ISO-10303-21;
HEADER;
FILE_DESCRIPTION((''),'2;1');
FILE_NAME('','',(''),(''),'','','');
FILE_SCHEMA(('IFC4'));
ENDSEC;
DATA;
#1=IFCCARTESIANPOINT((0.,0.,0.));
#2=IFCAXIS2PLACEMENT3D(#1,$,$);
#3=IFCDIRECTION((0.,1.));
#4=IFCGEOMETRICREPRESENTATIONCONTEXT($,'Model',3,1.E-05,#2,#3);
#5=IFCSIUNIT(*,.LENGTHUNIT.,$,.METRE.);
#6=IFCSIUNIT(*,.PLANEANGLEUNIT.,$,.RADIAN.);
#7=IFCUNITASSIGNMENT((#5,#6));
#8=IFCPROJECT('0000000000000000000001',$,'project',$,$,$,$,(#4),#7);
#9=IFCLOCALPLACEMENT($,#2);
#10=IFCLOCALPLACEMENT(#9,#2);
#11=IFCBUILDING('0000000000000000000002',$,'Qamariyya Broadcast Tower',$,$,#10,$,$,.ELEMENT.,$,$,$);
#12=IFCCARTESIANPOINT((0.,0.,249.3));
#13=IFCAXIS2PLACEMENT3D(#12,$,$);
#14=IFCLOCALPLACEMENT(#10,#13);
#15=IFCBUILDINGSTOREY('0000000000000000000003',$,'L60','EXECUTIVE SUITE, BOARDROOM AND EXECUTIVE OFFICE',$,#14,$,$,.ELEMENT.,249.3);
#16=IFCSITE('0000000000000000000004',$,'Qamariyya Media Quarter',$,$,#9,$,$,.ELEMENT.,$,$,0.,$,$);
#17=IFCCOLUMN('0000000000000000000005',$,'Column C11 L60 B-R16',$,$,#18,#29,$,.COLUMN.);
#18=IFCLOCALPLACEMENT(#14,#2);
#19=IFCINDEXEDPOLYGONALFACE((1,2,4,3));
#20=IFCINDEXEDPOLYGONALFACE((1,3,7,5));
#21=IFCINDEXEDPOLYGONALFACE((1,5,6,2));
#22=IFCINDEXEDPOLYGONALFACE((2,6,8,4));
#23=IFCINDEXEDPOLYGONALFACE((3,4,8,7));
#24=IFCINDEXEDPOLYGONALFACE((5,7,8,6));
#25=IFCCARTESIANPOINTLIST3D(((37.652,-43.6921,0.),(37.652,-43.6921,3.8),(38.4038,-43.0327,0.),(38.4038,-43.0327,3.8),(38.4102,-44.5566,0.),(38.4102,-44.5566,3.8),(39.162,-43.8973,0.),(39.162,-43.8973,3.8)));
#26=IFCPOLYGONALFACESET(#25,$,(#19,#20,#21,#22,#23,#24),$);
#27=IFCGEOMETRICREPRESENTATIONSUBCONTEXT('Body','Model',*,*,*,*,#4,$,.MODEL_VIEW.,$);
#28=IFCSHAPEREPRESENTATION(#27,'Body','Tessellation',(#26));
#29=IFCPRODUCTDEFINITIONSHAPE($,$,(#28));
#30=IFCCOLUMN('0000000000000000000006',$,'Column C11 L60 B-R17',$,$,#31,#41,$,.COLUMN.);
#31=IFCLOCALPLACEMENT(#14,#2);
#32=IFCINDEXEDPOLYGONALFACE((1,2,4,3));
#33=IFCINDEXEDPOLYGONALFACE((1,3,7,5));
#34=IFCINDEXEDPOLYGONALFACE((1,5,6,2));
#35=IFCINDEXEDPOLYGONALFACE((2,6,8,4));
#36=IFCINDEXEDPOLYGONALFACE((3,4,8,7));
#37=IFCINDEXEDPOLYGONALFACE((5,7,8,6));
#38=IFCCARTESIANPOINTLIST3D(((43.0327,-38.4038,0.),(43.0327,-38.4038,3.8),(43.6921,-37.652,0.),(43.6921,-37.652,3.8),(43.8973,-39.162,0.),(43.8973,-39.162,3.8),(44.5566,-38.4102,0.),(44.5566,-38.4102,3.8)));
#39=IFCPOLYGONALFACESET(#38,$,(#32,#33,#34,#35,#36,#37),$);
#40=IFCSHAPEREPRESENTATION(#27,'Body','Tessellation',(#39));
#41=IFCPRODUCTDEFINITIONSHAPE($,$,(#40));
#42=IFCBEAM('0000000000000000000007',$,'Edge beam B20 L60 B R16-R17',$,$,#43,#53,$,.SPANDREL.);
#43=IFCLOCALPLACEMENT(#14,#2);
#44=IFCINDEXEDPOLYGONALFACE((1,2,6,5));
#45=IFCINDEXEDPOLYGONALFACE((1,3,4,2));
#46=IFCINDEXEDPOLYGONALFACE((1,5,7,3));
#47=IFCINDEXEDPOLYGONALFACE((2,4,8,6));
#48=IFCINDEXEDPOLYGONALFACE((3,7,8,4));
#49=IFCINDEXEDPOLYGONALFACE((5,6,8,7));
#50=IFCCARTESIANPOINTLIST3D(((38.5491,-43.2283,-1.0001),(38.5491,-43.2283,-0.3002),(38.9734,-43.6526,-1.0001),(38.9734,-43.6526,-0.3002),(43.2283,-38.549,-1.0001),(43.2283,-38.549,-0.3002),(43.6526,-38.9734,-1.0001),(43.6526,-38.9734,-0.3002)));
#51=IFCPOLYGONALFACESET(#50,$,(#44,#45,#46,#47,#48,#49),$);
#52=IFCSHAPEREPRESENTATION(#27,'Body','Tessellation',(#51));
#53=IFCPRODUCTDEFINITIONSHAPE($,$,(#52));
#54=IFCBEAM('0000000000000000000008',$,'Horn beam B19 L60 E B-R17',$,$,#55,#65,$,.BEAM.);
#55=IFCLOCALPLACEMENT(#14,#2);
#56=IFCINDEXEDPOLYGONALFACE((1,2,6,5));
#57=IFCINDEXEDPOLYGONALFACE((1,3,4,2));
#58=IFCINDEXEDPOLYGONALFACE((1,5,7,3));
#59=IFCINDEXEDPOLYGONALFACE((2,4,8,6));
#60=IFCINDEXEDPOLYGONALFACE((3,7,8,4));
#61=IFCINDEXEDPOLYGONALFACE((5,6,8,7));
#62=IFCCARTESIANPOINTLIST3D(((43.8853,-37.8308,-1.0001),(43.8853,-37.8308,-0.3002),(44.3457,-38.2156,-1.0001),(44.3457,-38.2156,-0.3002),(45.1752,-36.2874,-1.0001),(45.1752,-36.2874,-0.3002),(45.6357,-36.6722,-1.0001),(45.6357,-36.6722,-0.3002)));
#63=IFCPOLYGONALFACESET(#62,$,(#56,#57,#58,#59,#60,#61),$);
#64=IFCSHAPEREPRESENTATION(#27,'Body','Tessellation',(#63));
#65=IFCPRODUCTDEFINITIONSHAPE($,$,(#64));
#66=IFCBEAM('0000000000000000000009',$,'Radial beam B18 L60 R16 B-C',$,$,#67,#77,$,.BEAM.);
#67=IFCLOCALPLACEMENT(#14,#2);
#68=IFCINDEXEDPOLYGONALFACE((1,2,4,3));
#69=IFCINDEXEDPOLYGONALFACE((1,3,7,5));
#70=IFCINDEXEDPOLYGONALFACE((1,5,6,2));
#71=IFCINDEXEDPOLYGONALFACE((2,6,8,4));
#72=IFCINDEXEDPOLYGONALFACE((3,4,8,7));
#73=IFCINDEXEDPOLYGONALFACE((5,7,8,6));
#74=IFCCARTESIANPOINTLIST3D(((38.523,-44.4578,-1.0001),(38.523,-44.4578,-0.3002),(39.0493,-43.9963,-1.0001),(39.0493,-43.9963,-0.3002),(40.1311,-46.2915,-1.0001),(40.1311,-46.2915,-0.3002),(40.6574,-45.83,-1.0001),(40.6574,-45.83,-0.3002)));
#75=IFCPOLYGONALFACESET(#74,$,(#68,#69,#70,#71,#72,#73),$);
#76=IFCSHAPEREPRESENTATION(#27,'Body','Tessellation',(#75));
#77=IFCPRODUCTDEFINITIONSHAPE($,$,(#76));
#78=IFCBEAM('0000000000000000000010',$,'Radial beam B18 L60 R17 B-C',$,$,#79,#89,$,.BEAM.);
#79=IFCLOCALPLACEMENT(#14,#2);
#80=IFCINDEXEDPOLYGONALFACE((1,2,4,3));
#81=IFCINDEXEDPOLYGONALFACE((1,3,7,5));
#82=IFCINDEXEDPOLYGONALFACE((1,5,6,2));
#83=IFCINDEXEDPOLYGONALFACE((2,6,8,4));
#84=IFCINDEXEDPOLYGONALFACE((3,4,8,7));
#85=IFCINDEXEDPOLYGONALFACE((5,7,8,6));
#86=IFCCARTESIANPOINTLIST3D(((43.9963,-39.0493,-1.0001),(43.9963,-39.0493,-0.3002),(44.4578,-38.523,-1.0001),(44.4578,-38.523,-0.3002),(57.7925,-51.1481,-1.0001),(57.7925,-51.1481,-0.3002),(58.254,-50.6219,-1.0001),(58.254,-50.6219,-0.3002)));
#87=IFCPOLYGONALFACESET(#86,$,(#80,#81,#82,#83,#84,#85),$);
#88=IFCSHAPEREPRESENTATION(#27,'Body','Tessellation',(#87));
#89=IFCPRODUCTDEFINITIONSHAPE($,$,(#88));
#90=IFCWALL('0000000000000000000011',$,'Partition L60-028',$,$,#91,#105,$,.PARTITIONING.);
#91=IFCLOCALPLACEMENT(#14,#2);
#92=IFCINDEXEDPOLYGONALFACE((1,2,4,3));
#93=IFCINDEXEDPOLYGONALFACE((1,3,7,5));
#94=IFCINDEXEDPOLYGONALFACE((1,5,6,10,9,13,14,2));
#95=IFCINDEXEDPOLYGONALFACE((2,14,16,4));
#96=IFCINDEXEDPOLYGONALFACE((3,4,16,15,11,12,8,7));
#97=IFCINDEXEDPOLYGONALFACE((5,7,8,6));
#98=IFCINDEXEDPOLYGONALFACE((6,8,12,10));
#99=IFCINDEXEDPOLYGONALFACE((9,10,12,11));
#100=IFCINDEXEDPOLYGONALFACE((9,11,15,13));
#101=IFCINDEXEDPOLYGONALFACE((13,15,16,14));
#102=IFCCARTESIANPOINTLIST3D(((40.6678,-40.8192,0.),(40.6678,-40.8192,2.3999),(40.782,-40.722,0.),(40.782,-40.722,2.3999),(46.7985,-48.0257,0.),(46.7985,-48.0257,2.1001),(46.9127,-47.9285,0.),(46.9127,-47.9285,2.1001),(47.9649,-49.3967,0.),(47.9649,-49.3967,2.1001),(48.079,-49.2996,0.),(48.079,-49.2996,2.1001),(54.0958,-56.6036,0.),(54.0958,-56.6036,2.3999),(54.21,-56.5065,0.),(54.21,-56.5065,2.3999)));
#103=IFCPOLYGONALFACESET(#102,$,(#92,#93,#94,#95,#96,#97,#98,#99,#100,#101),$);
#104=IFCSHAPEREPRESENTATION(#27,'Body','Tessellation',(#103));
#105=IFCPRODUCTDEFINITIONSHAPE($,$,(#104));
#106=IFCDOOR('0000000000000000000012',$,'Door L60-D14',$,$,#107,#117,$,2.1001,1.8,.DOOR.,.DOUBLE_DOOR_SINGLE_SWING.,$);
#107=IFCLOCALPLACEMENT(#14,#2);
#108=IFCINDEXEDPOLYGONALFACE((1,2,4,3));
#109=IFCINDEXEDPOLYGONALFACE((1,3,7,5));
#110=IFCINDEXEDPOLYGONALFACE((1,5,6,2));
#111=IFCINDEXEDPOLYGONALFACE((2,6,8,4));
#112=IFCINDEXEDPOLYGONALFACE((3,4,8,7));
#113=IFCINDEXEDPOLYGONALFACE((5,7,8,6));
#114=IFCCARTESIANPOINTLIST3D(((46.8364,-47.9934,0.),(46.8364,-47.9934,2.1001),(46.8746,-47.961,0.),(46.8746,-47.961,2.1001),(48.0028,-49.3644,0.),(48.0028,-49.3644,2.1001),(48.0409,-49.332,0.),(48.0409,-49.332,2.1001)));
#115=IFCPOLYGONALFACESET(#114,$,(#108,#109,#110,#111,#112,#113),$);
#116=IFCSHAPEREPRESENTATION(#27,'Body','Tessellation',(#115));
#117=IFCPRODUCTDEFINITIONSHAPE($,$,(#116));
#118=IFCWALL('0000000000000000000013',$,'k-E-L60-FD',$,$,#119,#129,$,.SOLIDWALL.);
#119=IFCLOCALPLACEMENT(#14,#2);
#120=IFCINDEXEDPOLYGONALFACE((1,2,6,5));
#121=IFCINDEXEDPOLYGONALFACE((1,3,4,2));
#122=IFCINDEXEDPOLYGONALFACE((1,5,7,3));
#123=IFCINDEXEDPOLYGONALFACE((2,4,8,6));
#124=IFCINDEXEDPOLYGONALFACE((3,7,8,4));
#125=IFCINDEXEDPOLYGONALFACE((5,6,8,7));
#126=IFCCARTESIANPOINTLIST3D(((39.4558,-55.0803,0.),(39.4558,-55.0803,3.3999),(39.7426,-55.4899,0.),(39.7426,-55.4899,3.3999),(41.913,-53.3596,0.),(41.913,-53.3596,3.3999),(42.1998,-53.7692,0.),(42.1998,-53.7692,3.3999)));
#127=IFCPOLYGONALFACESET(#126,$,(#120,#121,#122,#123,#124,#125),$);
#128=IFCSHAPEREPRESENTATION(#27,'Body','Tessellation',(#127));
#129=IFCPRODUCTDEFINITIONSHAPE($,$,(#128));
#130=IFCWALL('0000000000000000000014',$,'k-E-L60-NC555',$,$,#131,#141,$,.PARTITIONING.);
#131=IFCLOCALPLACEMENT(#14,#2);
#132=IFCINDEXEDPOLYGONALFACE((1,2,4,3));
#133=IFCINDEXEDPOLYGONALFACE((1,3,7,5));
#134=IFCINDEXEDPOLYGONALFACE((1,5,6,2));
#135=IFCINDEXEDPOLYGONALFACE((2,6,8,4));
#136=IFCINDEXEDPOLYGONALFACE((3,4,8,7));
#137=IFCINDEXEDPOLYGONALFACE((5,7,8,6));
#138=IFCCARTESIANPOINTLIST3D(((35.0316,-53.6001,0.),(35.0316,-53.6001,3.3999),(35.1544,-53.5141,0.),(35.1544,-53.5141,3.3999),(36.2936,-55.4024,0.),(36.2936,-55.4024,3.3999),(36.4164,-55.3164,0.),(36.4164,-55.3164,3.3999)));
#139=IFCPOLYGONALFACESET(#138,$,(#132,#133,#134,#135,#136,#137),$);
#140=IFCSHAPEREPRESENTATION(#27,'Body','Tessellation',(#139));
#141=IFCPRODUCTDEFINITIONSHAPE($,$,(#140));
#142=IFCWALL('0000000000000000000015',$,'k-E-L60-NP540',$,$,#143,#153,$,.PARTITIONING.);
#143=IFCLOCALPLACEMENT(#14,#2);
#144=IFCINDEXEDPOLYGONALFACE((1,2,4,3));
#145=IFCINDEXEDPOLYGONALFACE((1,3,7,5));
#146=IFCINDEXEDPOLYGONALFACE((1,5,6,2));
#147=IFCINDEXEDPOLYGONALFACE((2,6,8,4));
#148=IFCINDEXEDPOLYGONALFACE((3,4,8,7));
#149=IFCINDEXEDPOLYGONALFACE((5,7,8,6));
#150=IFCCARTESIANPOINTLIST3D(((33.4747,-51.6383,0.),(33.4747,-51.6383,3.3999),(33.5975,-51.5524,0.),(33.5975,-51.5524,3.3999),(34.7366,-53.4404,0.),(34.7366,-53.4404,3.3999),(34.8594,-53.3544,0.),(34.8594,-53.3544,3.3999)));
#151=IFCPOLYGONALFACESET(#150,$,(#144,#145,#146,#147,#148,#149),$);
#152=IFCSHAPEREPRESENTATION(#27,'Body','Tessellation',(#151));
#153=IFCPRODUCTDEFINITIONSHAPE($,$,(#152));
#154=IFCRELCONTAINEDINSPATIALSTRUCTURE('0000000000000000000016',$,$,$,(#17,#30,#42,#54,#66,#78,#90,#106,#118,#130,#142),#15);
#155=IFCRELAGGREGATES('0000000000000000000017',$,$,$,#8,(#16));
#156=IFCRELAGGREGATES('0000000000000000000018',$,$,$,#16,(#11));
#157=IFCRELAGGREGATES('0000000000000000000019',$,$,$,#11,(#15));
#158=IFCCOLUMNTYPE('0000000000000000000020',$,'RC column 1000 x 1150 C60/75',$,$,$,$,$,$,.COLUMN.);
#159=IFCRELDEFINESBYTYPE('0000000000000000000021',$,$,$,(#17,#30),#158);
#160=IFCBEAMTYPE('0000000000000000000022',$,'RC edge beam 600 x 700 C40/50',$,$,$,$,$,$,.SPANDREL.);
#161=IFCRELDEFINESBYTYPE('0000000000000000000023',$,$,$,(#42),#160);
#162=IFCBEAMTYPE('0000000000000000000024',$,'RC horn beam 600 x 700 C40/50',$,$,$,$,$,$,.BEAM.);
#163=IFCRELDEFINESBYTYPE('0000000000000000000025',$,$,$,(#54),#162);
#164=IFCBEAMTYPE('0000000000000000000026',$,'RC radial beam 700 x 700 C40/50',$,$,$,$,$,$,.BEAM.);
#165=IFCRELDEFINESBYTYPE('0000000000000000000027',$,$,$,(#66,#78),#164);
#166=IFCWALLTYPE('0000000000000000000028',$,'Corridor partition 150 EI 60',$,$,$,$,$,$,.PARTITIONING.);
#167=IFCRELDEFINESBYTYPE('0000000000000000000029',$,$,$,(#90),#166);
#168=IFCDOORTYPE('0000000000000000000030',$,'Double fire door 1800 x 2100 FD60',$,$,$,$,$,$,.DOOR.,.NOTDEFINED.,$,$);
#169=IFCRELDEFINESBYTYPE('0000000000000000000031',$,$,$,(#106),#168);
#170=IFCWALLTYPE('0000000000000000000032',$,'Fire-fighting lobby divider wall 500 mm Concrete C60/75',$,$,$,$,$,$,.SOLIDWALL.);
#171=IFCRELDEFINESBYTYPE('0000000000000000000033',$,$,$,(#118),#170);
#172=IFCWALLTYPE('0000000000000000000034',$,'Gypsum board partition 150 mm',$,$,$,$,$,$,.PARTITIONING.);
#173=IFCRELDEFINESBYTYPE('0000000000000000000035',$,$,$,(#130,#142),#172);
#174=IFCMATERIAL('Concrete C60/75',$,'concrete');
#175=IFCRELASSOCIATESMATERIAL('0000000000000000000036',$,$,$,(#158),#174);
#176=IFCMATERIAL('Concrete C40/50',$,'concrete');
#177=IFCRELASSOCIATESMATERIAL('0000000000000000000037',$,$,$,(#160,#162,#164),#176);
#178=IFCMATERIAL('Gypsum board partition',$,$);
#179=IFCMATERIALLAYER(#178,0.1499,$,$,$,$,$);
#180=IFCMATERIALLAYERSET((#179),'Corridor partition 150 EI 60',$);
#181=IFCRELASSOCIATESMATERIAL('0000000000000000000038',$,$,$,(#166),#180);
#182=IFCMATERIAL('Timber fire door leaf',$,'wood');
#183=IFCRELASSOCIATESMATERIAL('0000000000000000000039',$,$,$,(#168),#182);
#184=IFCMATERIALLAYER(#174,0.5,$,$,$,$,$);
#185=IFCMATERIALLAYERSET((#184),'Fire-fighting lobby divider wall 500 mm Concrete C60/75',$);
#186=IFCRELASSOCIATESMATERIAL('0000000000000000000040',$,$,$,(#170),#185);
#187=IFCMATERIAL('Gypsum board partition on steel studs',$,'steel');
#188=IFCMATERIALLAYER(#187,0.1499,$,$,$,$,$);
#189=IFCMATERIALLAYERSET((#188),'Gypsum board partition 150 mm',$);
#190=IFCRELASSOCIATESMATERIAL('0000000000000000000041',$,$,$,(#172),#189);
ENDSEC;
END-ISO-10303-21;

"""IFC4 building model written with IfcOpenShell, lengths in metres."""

from ifc_helpers import new_model, si_unit, direction, frame, frame_2d, origin, origin_2d, place, context, subcontext, project, spatial, rectangle, extrude, material, layer, layer_set, material_profile, profile_set, type_object, element, fill, save


model = new_model("IFC4")

# Units and contexts
model_context = context("Model", 3, precision=1e-05, world=origin(), true_north=direction((0.0, 1.0)))
body_context = subcontext(model_context, "Body", "Model", "MODEL_VIEW")
ifc_project = project(units=[si_unit("LENGTHUNIT", "METRE"), si_unit("PLANEANGLEUNIT", "RADIAN")], contexts=[model_context])

# Site, building, storey
site_placement = place(None, origin())
site = spatial("IfcSite", under=ifc_project, at=site_placement, Name="Qamariyya Media Quarter", CompositionType="ELEMENT", RefElevation=0.0)
building_placement = place(site_placement, origin())
building = spatial("IfcBuilding", under=site, at=building_placement, Name="Qamariyya Broadcast Tower", CompositionType="ELEMENT")
storey_placement = place(building_placement, frame((0.0, 0.0, 249.3)))
storey = spatial("IfcBuildingStorey", under=building, at=storey_placement, Name="L60", Description="EXECUTIVE SUITE, BOARDROOM AND EXECUTIVE OFFICE", CompositionType="ELEMENT", Elevation=249.3)

# Columns
ifc_material_1 = material(Name="Concrete C60/75", Category="concrete")
ifc_material_profile_1 = material_profile(ifc_material_1, rectangle(XDim=1.0, YDim=1.1499, at=origin_2d()))
ifc_profile_set_1 = profile_set([ifc_material_profile_1], Name="Concrete C60/75")
column_type = type_object("IfcColumnType", Name="RC column 1000 x 1150 C60/75", PredefinedType="COLUMN", material=ifc_profile_set_1)
for number, where, z_axis, x_axis, name in (
    (1, (38.407, -43.7947, 0.0), (0.0, 0.0, 1.0), (0.75184, 0.659346, 0.0), "Column C11 L60 B-R16"),
    (2, (43.7947, -38.407, 0.0), (0.0, 0.0, 1.0), (0.659346, 0.75184, 0.0), "Column C11 L60 B-R17"),
):
    element("IfcColumn", number, at=place(storey_placement, frame(where, z_axis=z_axis, x_axis=x_axis)), inside=storey, type_object=column_type, Name=name, PredefinedType="COLUMN", context=body_context, shape_type="SweptSolid", body=[
        extrude(rectangle(XDim=1.0, YDim=1.1499, at=origin_2d()), origin(), (0.0, 0.0, 1.0), 3.8),
    ])

# Beams
ifc_material_2 = material(Name="Concrete C40/50", Category="concrete")
ifc_material_profile_2 = material_profile(ifc_material_2, rectangle(XDim=0.6001, YDim=0.7, at=origin_2d()))
ifc_profile_set_2 = profile_set([ifc_material_profile_2], Name="Concrete C40/50")
beam_type_1 = type_object("IfcBeamType", Name="RC edge beam 600 x 700 C40/50", PredefinedType="SPANDREL", material=ifc_profile_set_2)
beam_1_placement = place(storey_placement, frame((38.7612, -43.4404, -0.6501), z_axis=(0.707107, 0.707107, 0.0), x_axis=(-0.707107, 0.707107, 0.0)))
element("IfcBeam", 3, at=beam_1_placement, inside=storey, type_object=beam_type_1, Name="Edge beam B20 L60 B R16-R17", PredefinedType="SPANDREL", context=body_context, shape_type="SweptSolid", body=[
    extrude(rectangle(XDim=0.6001, YDim=0.7, at=origin_2d()), origin(), (0.0, 0.0, 1.0), 6.6174),
])
ifc_material_profile_3 = material_profile(ifc_material_2, rectangle(XDim=0.6001, YDim=0.7, at=origin_2d()))
ifc_profile_set_3 = profile_set([ifc_material_profile_3], Name="Concrete C40/50")
beam_type_2 = type_object("IfcBeamType", Name="RC horn beam 600 x 700 C40/50", PredefinedType="BEAM", material=ifc_profile_set_3)
beam_2_placement = place(storey_placement, frame((44.1155, -38.0232, -0.6501), z_axis=(0.641306, 0.767285, 0.0), x_axis=(-0.767285, 0.641306, 0.0)))
element("IfcBeam", 4, at=beam_2_placement, inside=storey, type_object=beam_type_2, Name="Horn beam B19 L60 E B-R17", PredefinedType="BEAM", context=body_context, shape_type="SweptSolid", body=[
    extrude(rectangle(XDim=0.6001, YDim=0.7, at=origin_2d()), origin(), (0.0, 0.0, 1.0), 2.0115),
])
ifc_material_profile_4 = material_profile(ifc_material_2, rectangle(XDim=0.7, YDim=0.7, at=origin_2d()))
ifc_profile_set_4 = profile_set([ifc_material_profile_4], Name="Concrete C40/50")
beam_type_3 = type_object("IfcBeamType", Name="RC radial beam 700 x 700 C40/50", PredefinedType="BEAM", material=ifc_profile_set_4)
beam_3_placement = place(storey_placement, frame((38.7861, -44.2271, -0.6501), z_axis=(0.659348, -0.751838, 0.0), x_axis=(0.751838, 0.659348, 0.0)))
element("IfcBeam", 5, at=beam_3_placement, inside=storey, type_object=beam_type_3, Name="Radial beam B18 L60 R16 B-C", PredefinedType="BEAM", context=body_context, shape_type="SweptSolid", body=[
    extrude(rectangle(XDim=0.7, YDim=0.7, at=origin_2d()), origin(), (0.0, 0.0, 1.0), 2.439),
])
beam_4_placement = place(storey_placement, frame((44.2271, -38.7861, -0.6501), z_axis=(0.75184, -0.659345, 0.0), x_axis=(0.659345, 0.75184, 0.0)))
element("IfcBeam", 6, at=beam_4_placement, inside=storey, type_object=beam_type_3, Name="Radial beam B18 L60 R17 B-C", PredefinedType="BEAM", context=body_context, shape_type="SweptSolid", body=[
    extrude(rectangle(XDim=0.7, YDim=0.7, at=origin_2d()), origin(), (0.0, 0.0, 1.0), 18.3499),
])

# Wall, opening, door
ifc_material_3 = material(Name="Gypsum board partition")
ifc_layer_1 = layer(ifc_material_3, 0.1499)
ifc_layer_set_1 = layer_set([ifc_layer_1], Name="Corridor partition 150 EI 60")
wall_type_1 = type_object("IfcWallType", Name="Corridor partition 150 EI 60", PredefinedType="PARTITIONING", material=ifc_layer_set_1)
wall_1_placement = place(storey_placement, frame((40.7249, -40.7705, 0.0), z_axis=(0.0, 0.0, 1.0), x_axis=(0.647963, -0.761672, 0.0)))
wall_1 = element("IfcWall", 7, at=wall_1_placement, inside=storey, type_object=wall_type_1, Name="Partition L60-028", PredefinedType="PARTITIONING", context=body_context, shape_type="SweptSolid", body=[
    extrude(rectangle(XDim=20.7234, YDim=0.1499, at=frame_2d((10.3618, 0.0))), origin(), (0.0, 0.0, 1.0), 2.3999),
])
opening_1_placement = place(wall_1_placement, frame((9.4617, 0.0, 0.0)))
opening_1 = element("IfcOpeningElement", 8, at=opening_1_placement, cuts=wall_1, PredefinedType="OPENING", context=body_context, shape_type="SweptSolid", body=[
    extrude(rectangle(XDim=1.8, YDim=2.1001, at=frame_2d((0.8999, 1.05))), frame((0.0, 0.085, 0.0), z_axis=(0.0, -1.0, 0.0), x_axis=(1.0, 0.0, 0.0)), (0.0, 0.0, 1.0), 0.1699),
])
ifc_material_4 = material(Name="Timber fire door leaf", Category="wood")
door_type_1 = type_object("IfcDoorType", Name="Double fire door 1800 x 2100 FD60", OperationType="NOTDEFINED", PredefinedType="DOOR", material=ifc_material_4)
door_1_placement = place(opening_1_placement, origin())
door_1 = element("IfcDoor", 9, at=door_1_placement, inside=storey, type_object=door_type_1, Name="Door L60-D14", OperationType="DOUBLE_DOOR_SINGLE_SWING", OverallHeight=2.1001, OverallWidth=1.8, PredefinedType="DOOR", context=body_context, shape_type="SweptSolid", body=[
    extrude(rectangle(XDim=1.8, YDim=2.1001, at=frame_2d((0.8999, 1.05))), frame((0.0, 0.0249, 0.0), z_axis=(0.0, -1.0, 0.0), x_axis=(1.0, 0.0, 0.0)), (0.0, 0.0, 1.0), 0.05),
])
fill(opening_1, door_1)

# Walls
ifc_layer_2 = layer(ifc_material_1, 0.5)
ifc_layer_set_2 = layer_set([ifc_layer_2], Name="Fire-fighting lobby divider wall 500 mm Concrete C60/75")
wall_type_2 = type_object("IfcWallType", Name="Fire-fighting lobby divider wall 500 mm Concrete C60/75", PredefinedType="SOLIDWALL", material=ifc_layer_set_2)
wall_2_placement = place(storey_placement, frame((39.5991, -55.2852, 0.0), z_axis=(0.0, 0.0, 1.0), x_axis=(0.819136, 0.573599, 0.0)))
element("IfcWall", 10, at=wall_2_placement, inside=storey, type_object=wall_type_2, Name="k-E-L60-FD", PredefinedType="SOLIDWALL", context=body_context, shape_type="SweptSolid", body=[
    extrude(rectangle(XDim=2.9998, YDim=0.5, at=frame_2d((1.5, 0.0))), origin(), (0.0, 0.0, 1.0), 3.3999),
])
ifc_material_5 = material(Name="Gypsum board partition on steel studs", Category="steel")
ifc_layer_3 = layer(ifc_material_5, 0.1499)
ifc_layer_set_3 = layer_set([ifc_layer_3], Name="Gypsum board partition 150 mm")
wall_type_3 = type_object("IfcWallType", Name="Gypsum board partition 150 mm", PredefinedType="PARTITIONING", material=ifc_layer_set_3)
wall_3_placement = place(storey_placement, frame((36.355, -55.3594, 0.0), z_axis=(0.0, 0.0, 1.0), x_axis=(-0.573581, 0.819149, 0.0)))
element("IfcWall", 11, at=wall_3_placement, inside=storey, type_object=wall_type_3, Name="k-E-L60-NC555", PredefinedType="PARTITIONING", context=body_context, shape_type="SweptSolid", body=[
    extrude(rectangle(XDim=2.2002, YDim=0.1499, at=frame_2d((1.1001, 0.0))), origin(), (0.0, 0.0, 1.0), 3.3999),
])
wall_4_placement = place(storey_placement, frame((34.7981, -53.3975, 0.0), z_axis=(0.0, 0.0, 1.0), x_axis=(-0.573634, 0.819112, 0.0)))
element("IfcWall", 12, at=wall_4_placement, inside=storey, type_object=wall_type_3, Name="k-E-L60-NP540", PredefinedType="PARTITIONING", context=body_context, shape_type="SweptSolid", body=[
    extrude(rectangle(XDim=2.2, YDim=0.1499, at=frame_2d((1.1001, 0.0))), origin(), (0.0, 0.0, 1.0), 3.3999),
])

save(model, "model.ifc")
